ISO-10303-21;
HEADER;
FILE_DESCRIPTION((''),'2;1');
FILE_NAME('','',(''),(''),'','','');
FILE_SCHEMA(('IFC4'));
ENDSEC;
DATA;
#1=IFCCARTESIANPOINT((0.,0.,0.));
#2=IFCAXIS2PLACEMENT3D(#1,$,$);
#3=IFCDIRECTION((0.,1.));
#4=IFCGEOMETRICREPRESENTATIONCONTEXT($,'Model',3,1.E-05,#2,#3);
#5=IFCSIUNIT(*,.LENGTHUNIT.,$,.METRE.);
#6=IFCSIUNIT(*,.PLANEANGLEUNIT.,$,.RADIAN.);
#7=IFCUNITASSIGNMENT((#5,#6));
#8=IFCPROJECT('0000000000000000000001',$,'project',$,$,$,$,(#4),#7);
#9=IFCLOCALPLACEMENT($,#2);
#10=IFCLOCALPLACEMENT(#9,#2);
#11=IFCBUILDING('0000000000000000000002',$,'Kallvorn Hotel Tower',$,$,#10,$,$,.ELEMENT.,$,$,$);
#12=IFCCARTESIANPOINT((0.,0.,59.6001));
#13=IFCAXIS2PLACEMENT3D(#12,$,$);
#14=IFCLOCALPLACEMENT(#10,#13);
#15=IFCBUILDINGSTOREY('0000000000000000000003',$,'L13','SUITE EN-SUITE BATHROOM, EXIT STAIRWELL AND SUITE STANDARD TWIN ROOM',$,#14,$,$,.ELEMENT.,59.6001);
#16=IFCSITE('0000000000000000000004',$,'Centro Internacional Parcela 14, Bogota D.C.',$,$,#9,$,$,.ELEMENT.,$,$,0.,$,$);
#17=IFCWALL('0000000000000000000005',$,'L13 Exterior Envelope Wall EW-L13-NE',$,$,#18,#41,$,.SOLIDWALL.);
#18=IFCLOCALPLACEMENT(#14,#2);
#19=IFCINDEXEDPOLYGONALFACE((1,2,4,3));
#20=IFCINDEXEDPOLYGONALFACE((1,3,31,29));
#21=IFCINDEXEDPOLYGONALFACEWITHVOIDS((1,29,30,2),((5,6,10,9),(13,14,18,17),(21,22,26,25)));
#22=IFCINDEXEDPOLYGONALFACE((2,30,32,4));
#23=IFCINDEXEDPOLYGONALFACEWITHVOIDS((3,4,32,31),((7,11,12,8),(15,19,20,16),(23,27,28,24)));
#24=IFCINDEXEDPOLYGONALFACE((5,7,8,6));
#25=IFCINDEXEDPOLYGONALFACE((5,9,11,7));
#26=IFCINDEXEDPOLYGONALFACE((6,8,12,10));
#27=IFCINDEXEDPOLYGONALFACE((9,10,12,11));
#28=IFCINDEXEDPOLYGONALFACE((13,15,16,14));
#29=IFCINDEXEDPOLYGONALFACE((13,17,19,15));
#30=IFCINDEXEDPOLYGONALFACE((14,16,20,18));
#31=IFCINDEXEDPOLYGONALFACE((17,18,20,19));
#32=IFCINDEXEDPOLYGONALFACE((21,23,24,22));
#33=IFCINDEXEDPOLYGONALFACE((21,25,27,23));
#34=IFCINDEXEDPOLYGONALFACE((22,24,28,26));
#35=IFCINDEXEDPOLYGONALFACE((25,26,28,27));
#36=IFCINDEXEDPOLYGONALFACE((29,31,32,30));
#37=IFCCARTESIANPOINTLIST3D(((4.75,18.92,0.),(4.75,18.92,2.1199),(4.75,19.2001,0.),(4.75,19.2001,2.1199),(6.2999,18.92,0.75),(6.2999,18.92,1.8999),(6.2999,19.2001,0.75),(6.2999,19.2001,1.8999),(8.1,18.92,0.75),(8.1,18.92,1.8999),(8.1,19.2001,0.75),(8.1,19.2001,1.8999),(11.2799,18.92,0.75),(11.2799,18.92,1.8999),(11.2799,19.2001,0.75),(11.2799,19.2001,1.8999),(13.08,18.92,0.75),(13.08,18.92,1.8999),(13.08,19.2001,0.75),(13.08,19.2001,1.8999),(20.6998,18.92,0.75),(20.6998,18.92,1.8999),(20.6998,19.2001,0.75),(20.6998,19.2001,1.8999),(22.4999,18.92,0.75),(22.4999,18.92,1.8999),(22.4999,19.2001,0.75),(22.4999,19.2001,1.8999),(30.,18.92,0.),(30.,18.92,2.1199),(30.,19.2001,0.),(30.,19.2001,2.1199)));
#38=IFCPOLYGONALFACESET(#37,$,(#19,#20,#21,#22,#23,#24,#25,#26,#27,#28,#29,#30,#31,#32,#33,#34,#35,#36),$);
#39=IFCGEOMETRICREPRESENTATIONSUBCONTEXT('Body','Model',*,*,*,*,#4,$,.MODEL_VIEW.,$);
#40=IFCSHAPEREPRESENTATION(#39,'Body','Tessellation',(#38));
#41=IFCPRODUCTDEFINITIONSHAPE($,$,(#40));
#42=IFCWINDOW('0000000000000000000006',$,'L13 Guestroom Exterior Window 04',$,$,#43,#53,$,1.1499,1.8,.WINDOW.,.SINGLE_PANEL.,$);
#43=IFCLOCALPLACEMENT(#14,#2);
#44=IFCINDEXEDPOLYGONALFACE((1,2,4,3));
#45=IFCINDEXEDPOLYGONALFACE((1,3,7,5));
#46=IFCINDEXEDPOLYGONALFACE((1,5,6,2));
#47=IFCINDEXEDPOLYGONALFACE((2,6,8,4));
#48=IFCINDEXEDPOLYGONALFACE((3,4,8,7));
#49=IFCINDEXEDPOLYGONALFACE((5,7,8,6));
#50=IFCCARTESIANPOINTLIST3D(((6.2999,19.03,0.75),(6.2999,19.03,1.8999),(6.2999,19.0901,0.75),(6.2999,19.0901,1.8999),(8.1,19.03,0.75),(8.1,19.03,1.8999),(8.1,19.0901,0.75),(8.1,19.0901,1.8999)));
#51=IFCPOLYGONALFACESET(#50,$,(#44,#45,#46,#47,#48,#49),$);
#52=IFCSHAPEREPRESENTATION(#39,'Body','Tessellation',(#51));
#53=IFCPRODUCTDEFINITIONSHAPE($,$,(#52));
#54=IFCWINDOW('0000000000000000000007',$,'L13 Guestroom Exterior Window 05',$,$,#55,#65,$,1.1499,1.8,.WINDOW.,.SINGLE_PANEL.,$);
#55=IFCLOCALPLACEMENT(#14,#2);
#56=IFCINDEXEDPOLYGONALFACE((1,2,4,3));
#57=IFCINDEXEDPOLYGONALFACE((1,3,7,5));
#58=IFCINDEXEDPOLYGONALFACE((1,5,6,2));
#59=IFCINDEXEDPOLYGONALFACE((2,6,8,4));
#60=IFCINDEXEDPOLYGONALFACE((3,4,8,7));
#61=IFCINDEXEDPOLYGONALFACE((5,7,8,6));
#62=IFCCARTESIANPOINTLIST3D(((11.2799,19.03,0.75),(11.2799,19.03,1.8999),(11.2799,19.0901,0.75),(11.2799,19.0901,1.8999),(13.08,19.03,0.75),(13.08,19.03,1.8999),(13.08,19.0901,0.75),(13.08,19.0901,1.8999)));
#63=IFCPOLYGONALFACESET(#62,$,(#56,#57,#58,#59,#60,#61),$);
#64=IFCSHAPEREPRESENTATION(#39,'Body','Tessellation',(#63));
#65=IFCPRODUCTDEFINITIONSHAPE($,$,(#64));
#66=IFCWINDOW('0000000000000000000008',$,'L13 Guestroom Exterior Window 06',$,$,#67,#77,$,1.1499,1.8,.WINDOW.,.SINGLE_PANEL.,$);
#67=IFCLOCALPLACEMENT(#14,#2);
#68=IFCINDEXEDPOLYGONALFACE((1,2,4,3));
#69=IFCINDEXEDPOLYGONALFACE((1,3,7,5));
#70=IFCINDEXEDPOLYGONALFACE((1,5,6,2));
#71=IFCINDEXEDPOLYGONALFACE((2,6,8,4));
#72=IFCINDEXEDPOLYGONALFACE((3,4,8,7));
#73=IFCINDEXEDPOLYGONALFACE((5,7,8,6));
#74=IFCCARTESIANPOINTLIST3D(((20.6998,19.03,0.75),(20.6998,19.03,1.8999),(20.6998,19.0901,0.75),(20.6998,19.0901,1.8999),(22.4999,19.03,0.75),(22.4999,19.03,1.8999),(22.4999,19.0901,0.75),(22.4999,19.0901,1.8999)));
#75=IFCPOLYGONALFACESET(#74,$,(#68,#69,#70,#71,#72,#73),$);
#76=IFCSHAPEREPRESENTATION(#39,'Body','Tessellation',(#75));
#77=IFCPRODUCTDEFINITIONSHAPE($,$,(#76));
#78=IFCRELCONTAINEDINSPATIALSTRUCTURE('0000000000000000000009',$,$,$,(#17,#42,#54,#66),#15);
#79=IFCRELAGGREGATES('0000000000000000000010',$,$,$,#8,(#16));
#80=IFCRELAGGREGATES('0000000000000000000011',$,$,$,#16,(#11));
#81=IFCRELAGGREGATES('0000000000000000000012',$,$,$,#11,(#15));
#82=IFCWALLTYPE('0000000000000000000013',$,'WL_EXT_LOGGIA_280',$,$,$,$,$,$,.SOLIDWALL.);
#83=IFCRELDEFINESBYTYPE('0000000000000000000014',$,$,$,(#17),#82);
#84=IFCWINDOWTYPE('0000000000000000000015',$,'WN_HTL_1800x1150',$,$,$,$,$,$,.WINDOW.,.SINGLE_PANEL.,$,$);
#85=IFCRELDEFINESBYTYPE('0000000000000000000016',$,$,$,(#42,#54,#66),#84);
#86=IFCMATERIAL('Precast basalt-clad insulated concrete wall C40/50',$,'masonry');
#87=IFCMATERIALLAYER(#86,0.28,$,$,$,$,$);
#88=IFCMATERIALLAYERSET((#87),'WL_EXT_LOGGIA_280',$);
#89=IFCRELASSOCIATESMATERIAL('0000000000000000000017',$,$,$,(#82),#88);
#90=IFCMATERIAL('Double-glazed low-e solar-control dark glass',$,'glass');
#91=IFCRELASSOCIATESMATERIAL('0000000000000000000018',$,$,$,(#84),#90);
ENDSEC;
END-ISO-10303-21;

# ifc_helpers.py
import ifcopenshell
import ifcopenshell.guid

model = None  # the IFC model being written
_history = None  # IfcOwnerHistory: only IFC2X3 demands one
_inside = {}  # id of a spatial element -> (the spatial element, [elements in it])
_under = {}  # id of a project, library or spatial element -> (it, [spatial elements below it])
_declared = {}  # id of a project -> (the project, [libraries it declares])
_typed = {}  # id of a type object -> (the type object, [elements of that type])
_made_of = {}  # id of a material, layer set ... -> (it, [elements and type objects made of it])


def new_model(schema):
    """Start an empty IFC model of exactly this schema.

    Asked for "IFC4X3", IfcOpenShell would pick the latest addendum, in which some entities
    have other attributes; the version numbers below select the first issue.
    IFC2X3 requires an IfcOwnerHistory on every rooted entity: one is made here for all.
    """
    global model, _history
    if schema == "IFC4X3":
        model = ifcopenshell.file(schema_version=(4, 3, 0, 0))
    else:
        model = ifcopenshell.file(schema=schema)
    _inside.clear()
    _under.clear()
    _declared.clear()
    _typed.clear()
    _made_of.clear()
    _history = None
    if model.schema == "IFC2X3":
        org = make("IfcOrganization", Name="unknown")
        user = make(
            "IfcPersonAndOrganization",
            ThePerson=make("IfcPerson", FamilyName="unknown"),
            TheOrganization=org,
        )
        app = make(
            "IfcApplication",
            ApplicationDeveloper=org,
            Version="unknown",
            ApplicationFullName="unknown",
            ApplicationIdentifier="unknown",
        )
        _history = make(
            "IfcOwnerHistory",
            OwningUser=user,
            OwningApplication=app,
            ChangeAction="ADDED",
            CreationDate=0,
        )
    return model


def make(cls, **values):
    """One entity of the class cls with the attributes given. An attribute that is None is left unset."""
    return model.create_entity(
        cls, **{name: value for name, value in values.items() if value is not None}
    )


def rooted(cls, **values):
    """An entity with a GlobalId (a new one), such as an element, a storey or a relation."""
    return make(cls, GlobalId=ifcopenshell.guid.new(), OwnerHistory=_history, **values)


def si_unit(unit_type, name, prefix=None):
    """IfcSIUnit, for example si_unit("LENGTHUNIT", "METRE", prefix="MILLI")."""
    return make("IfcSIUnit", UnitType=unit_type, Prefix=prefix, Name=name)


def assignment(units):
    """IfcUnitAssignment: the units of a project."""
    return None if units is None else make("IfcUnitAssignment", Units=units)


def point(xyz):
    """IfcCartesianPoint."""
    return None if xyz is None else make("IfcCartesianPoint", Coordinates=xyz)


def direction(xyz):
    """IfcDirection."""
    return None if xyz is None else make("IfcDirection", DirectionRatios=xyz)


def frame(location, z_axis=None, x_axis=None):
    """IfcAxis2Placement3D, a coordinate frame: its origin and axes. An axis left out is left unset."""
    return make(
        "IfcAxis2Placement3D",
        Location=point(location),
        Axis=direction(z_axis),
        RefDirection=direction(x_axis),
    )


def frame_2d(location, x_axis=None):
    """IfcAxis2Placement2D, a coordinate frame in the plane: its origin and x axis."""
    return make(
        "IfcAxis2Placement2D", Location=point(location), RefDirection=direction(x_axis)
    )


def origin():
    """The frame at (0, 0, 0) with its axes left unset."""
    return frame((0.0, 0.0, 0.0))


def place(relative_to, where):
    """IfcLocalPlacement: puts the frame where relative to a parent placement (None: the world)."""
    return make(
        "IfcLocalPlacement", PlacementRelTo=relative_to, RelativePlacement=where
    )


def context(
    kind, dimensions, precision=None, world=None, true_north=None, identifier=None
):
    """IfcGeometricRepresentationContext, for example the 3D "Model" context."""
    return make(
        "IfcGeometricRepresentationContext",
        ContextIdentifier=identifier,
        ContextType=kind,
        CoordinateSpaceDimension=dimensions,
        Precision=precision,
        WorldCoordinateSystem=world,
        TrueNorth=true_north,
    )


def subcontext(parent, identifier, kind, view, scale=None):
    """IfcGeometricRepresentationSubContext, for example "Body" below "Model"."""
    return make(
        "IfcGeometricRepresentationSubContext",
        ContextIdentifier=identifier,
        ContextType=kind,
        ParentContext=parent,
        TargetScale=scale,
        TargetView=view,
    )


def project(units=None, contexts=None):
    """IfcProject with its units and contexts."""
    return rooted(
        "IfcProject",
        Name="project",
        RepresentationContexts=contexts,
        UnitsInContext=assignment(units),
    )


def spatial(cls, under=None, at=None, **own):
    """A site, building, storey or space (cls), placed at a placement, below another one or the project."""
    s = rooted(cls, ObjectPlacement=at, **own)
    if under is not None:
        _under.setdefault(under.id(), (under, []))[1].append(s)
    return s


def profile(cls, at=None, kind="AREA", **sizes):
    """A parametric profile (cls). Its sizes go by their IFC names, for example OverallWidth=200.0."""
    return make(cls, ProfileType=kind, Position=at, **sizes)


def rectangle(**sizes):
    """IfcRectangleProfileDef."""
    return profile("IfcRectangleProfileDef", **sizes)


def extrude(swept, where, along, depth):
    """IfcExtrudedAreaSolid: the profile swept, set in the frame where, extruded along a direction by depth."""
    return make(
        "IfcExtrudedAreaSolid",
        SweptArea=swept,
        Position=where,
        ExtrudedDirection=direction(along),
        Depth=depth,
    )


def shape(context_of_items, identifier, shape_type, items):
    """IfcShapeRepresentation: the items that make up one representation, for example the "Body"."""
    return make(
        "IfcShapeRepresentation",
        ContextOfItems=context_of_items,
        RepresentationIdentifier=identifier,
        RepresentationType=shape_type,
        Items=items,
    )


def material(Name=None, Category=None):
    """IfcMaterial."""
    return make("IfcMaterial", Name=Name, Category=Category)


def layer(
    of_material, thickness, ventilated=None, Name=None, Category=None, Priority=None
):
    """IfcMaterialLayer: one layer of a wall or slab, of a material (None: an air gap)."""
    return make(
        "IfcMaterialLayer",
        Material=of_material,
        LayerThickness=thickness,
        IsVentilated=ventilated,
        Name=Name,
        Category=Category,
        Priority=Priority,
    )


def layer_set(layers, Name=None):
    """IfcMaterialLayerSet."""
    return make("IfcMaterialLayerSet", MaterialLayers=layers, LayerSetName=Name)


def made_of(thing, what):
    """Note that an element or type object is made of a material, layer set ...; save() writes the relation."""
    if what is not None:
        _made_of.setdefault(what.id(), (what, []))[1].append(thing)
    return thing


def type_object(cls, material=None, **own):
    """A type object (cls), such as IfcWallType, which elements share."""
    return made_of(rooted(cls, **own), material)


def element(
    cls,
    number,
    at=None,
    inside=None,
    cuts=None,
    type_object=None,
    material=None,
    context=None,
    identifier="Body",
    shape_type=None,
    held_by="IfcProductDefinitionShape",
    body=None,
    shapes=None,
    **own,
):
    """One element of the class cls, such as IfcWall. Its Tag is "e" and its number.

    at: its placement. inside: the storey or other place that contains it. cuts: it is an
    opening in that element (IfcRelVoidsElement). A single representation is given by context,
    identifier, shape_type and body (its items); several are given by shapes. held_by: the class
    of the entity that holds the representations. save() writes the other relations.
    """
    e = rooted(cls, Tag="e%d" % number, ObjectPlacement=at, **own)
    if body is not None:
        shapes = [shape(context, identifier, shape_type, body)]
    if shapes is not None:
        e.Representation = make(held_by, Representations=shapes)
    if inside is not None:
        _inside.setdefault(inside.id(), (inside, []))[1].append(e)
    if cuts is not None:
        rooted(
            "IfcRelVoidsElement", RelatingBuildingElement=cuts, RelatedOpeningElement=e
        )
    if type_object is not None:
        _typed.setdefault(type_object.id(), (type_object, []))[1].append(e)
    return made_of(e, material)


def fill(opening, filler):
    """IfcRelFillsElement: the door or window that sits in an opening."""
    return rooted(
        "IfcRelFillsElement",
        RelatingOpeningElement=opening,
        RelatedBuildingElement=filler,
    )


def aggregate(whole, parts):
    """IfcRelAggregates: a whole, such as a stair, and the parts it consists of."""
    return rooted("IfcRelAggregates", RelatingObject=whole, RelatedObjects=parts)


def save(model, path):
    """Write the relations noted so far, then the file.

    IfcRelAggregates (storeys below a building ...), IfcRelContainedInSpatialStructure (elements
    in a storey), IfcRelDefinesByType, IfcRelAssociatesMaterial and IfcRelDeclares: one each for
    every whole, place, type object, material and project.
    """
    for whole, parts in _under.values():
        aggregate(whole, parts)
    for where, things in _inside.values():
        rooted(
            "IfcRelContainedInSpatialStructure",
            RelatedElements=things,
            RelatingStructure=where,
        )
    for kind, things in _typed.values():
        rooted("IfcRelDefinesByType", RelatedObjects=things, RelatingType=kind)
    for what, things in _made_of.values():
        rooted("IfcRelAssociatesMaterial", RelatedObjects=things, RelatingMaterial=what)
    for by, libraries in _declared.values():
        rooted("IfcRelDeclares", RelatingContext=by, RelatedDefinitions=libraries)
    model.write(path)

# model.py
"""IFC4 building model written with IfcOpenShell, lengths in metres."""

from ifc_helpers import new_model, si_unit, direction, frame, frame_2d, origin, place, context, subcontext, project, spatial, rectangle, extrude, material, layer, layer_set, type_object, element, fill, save


model = new_model("IFC4")

# Units and contexts
model_context = context("Model", 3, precision=1e-05, world=origin(), true_north=direction((0.0, 1.0)))
body_context = subcontext(model_context, "Body", "Model", "MODEL_VIEW")
ifc_project = project(units=[si_unit("LENGTHUNIT", "METRE"), si_unit("PLANEANGLEUNIT", "RADIAN")], contexts=[model_context])

# Site, building, storey
site_placement = place(None, origin())
site = spatial("IfcSite", under=ifc_project, at=site_placement, Name="Centro Internacional Parcela 14, Bogota D.C.", CompositionType="ELEMENT", RefElevation=0.0)
building_placement = place(site_placement, origin())
building = spatial("IfcBuilding", under=site, at=building_placement, Name="Kallvorn Hotel Tower", CompositionType="ELEMENT")
storey_placement = place(building_placement, frame((0.0, 0.0, 59.6001)))
storey = spatial("IfcBuildingStorey", under=building, at=storey_placement, Name="L13", Description="SUITE EN-SUITE BATHROOM, EXIT STAIRWELL AND SUITE STANDARD TWIN ROOM", CompositionType="ELEMENT", Elevation=59.6001)

# Wall, openings, windows
ifc_material_1 = material(Name="Precast basalt-clad insulated concrete wall C40/50", Category="masonry")
ifc_layer_1 = layer(ifc_material_1, 0.28)
ifc_layer_set_1 = layer_set([ifc_layer_1], Name="WL_EXT_LOGGIA_280")
wall_type_1 = type_object("IfcWallType", Name="WL_EXT_LOGGIA_280", PredefinedType="SOLIDWALL", material=ifc_layer_set_1)
wall_1_placement = place(storey_placement, frame((4.75, 19.0601, 0.0), z_axis=(0.0, 0.0, 1.0), x_axis=(1.0, 0.0, 0.0)))
wall_1 = element("IfcWall", 1, at=wall_1_placement, inside=storey, type_object=wall_type_1, Name="L13 Exterior Envelope Wall EW-L13-NE", PredefinedType="SOLIDWALL", context=body_context, shape_type="SweptSolid", body=[
    extrude(rectangle(XDim=25.25, YDim=0.28, at=frame_2d((12.625, 0.0))), origin(), (0.0, 0.0, 1.0), 2.1199),
])
opening_1_placement = place(wall_1_placement, frame((1.55, 0.0, 0.75)))
opening_1 = element("IfcOpeningElement", 2, at=opening_1_placement, cuts=wall_1, PredefinedType="OPENING", context=body_context, shape_type="SweptSolid", body=[
    extrude(rectangle(XDim=1.8, YDim=1.1499, at=frame_2d((0.8999, 0.575))), frame((0.0, 0.155, 0.0), z_axis=(0.0, -1.0, 0.0), x_axis=(1.0, 0.0, 0.0)), (0.0, 0.0, 1.0), 0.3101),
])
opening_2_placement = place(wall_1_placement, frame((6.53, 0.0, 0.75)))
opening_2 = element("IfcOpeningElement", 3, at=opening_2_placement, cuts=wall_1, PredefinedType="OPENING", context=body_context, shape_type="SweptSolid", body=[
    extrude(rectangle(XDim=1.8, YDim=1.1499, at=frame_2d((0.8999, 0.575))), frame((0.0, 0.155, 0.0), z_axis=(0.0, -1.0, 0.0), x_axis=(1.0, 0.0, 0.0)), (0.0, 0.0, 1.0), 0.3101),
])
opening_3_placement = place(wall_1_placement, frame((15.95, 0.0, 0.75)))
opening_3 = element("IfcOpeningElement", 4, at=opening_3_placement, cuts=wall_1, PredefinedType="OPENING", context=body_context, shape_type="SweptSolid", body=[
    extrude(rectangle(XDim=1.8, YDim=1.1499, at=frame_2d((0.8999, 0.575))), frame((0.0, 0.155, 0.0), z_axis=(0.0, -1.0, 0.0), x_axis=(1.0, 0.0, 0.0)), (0.0, 0.0, 1.0), 0.3101),
])
ifc_material_2 = material(Name="Double-glazed low-e solar-control dark glass", Category="glass")
window_type = type_object("IfcWindowType", Name="WN_HTL_1800x1150", PartitioningType="SINGLE_PANEL", PredefinedType="WINDOW", material=ifc_material_2)
window_1_placement = place(opening_1_placement, origin())
window_1 = element("IfcWindow", 5, at=window_1_placement, inside=storey, type_object=window_type, Name="L13 Guestroom Exterior Window 04", OverallHeight=1.1499, OverallWidth=1.8, PartitioningType="SINGLE_PANEL", PredefinedType="WINDOW", context=body_context, shape_type="SweptSolid", body=[
    extrude(rectangle(XDim=1.8, YDim=1.1499, at=frame_2d((0.8999, 0.575))), frame((0.0, 0.03, 0.0), z_axis=(0.0, -1.0, 0.0), x_axis=(1.0, 0.0, 0.0)), (0.0, 0.0, 1.0), 0.0601),
])
fill(opening_1, window_1)
window_2_placement = place(opening_2_placement, origin())
window_2 = element("IfcWindow", 6, at=window_2_placement, inside=storey, type_object=window_type, Name="L13 Guestroom Exterior Window 05", OverallHeight=1.1499, OverallWidth=1.8, PartitioningType="SINGLE_PANEL", PredefinedType="WINDOW", context=body_context, shape_type="SweptSolid", body=[
    extrude(rectangle(XDim=1.8, YDim=1.1499, at=frame_2d((0.8999, 0.575))), frame((0.0, 0.03, 0.0), z_axis=(0.0, -1.0, 0.0), x_axis=(1.0, 0.0, 0.0)), (0.0, 0.0, 1.0), 0.0601),
])
fill(opening_2, window_2)
window_3_placement = place(opening_3_placement, origin())
window_3 = element("IfcWindow", 7, at=window_3_placement, inside=storey, type_object=window_type, Name="L13 Guestroom Exterior Window 06", OverallHeight=1.1499, OverallWidth=1.8, PartitioningType="SINGLE_PANEL", PredefinedType="WINDOW", context=body_context, shape_type="SweptSolid", body=[
    extrude(rectangle(XDim=1.8, YDim=1.1499, at=frame_2d((0.8999, 0.575))), frame((0.0, 0.03, 0.0), z_axis=(0.0, -1.0, 0.0), x_axis=(1.0, 0.0, 0.0)), (0.0, 0.0, 1.0), 0.0601),
])
fill(opening_3, window_3)

save(model, "model.ifc")
